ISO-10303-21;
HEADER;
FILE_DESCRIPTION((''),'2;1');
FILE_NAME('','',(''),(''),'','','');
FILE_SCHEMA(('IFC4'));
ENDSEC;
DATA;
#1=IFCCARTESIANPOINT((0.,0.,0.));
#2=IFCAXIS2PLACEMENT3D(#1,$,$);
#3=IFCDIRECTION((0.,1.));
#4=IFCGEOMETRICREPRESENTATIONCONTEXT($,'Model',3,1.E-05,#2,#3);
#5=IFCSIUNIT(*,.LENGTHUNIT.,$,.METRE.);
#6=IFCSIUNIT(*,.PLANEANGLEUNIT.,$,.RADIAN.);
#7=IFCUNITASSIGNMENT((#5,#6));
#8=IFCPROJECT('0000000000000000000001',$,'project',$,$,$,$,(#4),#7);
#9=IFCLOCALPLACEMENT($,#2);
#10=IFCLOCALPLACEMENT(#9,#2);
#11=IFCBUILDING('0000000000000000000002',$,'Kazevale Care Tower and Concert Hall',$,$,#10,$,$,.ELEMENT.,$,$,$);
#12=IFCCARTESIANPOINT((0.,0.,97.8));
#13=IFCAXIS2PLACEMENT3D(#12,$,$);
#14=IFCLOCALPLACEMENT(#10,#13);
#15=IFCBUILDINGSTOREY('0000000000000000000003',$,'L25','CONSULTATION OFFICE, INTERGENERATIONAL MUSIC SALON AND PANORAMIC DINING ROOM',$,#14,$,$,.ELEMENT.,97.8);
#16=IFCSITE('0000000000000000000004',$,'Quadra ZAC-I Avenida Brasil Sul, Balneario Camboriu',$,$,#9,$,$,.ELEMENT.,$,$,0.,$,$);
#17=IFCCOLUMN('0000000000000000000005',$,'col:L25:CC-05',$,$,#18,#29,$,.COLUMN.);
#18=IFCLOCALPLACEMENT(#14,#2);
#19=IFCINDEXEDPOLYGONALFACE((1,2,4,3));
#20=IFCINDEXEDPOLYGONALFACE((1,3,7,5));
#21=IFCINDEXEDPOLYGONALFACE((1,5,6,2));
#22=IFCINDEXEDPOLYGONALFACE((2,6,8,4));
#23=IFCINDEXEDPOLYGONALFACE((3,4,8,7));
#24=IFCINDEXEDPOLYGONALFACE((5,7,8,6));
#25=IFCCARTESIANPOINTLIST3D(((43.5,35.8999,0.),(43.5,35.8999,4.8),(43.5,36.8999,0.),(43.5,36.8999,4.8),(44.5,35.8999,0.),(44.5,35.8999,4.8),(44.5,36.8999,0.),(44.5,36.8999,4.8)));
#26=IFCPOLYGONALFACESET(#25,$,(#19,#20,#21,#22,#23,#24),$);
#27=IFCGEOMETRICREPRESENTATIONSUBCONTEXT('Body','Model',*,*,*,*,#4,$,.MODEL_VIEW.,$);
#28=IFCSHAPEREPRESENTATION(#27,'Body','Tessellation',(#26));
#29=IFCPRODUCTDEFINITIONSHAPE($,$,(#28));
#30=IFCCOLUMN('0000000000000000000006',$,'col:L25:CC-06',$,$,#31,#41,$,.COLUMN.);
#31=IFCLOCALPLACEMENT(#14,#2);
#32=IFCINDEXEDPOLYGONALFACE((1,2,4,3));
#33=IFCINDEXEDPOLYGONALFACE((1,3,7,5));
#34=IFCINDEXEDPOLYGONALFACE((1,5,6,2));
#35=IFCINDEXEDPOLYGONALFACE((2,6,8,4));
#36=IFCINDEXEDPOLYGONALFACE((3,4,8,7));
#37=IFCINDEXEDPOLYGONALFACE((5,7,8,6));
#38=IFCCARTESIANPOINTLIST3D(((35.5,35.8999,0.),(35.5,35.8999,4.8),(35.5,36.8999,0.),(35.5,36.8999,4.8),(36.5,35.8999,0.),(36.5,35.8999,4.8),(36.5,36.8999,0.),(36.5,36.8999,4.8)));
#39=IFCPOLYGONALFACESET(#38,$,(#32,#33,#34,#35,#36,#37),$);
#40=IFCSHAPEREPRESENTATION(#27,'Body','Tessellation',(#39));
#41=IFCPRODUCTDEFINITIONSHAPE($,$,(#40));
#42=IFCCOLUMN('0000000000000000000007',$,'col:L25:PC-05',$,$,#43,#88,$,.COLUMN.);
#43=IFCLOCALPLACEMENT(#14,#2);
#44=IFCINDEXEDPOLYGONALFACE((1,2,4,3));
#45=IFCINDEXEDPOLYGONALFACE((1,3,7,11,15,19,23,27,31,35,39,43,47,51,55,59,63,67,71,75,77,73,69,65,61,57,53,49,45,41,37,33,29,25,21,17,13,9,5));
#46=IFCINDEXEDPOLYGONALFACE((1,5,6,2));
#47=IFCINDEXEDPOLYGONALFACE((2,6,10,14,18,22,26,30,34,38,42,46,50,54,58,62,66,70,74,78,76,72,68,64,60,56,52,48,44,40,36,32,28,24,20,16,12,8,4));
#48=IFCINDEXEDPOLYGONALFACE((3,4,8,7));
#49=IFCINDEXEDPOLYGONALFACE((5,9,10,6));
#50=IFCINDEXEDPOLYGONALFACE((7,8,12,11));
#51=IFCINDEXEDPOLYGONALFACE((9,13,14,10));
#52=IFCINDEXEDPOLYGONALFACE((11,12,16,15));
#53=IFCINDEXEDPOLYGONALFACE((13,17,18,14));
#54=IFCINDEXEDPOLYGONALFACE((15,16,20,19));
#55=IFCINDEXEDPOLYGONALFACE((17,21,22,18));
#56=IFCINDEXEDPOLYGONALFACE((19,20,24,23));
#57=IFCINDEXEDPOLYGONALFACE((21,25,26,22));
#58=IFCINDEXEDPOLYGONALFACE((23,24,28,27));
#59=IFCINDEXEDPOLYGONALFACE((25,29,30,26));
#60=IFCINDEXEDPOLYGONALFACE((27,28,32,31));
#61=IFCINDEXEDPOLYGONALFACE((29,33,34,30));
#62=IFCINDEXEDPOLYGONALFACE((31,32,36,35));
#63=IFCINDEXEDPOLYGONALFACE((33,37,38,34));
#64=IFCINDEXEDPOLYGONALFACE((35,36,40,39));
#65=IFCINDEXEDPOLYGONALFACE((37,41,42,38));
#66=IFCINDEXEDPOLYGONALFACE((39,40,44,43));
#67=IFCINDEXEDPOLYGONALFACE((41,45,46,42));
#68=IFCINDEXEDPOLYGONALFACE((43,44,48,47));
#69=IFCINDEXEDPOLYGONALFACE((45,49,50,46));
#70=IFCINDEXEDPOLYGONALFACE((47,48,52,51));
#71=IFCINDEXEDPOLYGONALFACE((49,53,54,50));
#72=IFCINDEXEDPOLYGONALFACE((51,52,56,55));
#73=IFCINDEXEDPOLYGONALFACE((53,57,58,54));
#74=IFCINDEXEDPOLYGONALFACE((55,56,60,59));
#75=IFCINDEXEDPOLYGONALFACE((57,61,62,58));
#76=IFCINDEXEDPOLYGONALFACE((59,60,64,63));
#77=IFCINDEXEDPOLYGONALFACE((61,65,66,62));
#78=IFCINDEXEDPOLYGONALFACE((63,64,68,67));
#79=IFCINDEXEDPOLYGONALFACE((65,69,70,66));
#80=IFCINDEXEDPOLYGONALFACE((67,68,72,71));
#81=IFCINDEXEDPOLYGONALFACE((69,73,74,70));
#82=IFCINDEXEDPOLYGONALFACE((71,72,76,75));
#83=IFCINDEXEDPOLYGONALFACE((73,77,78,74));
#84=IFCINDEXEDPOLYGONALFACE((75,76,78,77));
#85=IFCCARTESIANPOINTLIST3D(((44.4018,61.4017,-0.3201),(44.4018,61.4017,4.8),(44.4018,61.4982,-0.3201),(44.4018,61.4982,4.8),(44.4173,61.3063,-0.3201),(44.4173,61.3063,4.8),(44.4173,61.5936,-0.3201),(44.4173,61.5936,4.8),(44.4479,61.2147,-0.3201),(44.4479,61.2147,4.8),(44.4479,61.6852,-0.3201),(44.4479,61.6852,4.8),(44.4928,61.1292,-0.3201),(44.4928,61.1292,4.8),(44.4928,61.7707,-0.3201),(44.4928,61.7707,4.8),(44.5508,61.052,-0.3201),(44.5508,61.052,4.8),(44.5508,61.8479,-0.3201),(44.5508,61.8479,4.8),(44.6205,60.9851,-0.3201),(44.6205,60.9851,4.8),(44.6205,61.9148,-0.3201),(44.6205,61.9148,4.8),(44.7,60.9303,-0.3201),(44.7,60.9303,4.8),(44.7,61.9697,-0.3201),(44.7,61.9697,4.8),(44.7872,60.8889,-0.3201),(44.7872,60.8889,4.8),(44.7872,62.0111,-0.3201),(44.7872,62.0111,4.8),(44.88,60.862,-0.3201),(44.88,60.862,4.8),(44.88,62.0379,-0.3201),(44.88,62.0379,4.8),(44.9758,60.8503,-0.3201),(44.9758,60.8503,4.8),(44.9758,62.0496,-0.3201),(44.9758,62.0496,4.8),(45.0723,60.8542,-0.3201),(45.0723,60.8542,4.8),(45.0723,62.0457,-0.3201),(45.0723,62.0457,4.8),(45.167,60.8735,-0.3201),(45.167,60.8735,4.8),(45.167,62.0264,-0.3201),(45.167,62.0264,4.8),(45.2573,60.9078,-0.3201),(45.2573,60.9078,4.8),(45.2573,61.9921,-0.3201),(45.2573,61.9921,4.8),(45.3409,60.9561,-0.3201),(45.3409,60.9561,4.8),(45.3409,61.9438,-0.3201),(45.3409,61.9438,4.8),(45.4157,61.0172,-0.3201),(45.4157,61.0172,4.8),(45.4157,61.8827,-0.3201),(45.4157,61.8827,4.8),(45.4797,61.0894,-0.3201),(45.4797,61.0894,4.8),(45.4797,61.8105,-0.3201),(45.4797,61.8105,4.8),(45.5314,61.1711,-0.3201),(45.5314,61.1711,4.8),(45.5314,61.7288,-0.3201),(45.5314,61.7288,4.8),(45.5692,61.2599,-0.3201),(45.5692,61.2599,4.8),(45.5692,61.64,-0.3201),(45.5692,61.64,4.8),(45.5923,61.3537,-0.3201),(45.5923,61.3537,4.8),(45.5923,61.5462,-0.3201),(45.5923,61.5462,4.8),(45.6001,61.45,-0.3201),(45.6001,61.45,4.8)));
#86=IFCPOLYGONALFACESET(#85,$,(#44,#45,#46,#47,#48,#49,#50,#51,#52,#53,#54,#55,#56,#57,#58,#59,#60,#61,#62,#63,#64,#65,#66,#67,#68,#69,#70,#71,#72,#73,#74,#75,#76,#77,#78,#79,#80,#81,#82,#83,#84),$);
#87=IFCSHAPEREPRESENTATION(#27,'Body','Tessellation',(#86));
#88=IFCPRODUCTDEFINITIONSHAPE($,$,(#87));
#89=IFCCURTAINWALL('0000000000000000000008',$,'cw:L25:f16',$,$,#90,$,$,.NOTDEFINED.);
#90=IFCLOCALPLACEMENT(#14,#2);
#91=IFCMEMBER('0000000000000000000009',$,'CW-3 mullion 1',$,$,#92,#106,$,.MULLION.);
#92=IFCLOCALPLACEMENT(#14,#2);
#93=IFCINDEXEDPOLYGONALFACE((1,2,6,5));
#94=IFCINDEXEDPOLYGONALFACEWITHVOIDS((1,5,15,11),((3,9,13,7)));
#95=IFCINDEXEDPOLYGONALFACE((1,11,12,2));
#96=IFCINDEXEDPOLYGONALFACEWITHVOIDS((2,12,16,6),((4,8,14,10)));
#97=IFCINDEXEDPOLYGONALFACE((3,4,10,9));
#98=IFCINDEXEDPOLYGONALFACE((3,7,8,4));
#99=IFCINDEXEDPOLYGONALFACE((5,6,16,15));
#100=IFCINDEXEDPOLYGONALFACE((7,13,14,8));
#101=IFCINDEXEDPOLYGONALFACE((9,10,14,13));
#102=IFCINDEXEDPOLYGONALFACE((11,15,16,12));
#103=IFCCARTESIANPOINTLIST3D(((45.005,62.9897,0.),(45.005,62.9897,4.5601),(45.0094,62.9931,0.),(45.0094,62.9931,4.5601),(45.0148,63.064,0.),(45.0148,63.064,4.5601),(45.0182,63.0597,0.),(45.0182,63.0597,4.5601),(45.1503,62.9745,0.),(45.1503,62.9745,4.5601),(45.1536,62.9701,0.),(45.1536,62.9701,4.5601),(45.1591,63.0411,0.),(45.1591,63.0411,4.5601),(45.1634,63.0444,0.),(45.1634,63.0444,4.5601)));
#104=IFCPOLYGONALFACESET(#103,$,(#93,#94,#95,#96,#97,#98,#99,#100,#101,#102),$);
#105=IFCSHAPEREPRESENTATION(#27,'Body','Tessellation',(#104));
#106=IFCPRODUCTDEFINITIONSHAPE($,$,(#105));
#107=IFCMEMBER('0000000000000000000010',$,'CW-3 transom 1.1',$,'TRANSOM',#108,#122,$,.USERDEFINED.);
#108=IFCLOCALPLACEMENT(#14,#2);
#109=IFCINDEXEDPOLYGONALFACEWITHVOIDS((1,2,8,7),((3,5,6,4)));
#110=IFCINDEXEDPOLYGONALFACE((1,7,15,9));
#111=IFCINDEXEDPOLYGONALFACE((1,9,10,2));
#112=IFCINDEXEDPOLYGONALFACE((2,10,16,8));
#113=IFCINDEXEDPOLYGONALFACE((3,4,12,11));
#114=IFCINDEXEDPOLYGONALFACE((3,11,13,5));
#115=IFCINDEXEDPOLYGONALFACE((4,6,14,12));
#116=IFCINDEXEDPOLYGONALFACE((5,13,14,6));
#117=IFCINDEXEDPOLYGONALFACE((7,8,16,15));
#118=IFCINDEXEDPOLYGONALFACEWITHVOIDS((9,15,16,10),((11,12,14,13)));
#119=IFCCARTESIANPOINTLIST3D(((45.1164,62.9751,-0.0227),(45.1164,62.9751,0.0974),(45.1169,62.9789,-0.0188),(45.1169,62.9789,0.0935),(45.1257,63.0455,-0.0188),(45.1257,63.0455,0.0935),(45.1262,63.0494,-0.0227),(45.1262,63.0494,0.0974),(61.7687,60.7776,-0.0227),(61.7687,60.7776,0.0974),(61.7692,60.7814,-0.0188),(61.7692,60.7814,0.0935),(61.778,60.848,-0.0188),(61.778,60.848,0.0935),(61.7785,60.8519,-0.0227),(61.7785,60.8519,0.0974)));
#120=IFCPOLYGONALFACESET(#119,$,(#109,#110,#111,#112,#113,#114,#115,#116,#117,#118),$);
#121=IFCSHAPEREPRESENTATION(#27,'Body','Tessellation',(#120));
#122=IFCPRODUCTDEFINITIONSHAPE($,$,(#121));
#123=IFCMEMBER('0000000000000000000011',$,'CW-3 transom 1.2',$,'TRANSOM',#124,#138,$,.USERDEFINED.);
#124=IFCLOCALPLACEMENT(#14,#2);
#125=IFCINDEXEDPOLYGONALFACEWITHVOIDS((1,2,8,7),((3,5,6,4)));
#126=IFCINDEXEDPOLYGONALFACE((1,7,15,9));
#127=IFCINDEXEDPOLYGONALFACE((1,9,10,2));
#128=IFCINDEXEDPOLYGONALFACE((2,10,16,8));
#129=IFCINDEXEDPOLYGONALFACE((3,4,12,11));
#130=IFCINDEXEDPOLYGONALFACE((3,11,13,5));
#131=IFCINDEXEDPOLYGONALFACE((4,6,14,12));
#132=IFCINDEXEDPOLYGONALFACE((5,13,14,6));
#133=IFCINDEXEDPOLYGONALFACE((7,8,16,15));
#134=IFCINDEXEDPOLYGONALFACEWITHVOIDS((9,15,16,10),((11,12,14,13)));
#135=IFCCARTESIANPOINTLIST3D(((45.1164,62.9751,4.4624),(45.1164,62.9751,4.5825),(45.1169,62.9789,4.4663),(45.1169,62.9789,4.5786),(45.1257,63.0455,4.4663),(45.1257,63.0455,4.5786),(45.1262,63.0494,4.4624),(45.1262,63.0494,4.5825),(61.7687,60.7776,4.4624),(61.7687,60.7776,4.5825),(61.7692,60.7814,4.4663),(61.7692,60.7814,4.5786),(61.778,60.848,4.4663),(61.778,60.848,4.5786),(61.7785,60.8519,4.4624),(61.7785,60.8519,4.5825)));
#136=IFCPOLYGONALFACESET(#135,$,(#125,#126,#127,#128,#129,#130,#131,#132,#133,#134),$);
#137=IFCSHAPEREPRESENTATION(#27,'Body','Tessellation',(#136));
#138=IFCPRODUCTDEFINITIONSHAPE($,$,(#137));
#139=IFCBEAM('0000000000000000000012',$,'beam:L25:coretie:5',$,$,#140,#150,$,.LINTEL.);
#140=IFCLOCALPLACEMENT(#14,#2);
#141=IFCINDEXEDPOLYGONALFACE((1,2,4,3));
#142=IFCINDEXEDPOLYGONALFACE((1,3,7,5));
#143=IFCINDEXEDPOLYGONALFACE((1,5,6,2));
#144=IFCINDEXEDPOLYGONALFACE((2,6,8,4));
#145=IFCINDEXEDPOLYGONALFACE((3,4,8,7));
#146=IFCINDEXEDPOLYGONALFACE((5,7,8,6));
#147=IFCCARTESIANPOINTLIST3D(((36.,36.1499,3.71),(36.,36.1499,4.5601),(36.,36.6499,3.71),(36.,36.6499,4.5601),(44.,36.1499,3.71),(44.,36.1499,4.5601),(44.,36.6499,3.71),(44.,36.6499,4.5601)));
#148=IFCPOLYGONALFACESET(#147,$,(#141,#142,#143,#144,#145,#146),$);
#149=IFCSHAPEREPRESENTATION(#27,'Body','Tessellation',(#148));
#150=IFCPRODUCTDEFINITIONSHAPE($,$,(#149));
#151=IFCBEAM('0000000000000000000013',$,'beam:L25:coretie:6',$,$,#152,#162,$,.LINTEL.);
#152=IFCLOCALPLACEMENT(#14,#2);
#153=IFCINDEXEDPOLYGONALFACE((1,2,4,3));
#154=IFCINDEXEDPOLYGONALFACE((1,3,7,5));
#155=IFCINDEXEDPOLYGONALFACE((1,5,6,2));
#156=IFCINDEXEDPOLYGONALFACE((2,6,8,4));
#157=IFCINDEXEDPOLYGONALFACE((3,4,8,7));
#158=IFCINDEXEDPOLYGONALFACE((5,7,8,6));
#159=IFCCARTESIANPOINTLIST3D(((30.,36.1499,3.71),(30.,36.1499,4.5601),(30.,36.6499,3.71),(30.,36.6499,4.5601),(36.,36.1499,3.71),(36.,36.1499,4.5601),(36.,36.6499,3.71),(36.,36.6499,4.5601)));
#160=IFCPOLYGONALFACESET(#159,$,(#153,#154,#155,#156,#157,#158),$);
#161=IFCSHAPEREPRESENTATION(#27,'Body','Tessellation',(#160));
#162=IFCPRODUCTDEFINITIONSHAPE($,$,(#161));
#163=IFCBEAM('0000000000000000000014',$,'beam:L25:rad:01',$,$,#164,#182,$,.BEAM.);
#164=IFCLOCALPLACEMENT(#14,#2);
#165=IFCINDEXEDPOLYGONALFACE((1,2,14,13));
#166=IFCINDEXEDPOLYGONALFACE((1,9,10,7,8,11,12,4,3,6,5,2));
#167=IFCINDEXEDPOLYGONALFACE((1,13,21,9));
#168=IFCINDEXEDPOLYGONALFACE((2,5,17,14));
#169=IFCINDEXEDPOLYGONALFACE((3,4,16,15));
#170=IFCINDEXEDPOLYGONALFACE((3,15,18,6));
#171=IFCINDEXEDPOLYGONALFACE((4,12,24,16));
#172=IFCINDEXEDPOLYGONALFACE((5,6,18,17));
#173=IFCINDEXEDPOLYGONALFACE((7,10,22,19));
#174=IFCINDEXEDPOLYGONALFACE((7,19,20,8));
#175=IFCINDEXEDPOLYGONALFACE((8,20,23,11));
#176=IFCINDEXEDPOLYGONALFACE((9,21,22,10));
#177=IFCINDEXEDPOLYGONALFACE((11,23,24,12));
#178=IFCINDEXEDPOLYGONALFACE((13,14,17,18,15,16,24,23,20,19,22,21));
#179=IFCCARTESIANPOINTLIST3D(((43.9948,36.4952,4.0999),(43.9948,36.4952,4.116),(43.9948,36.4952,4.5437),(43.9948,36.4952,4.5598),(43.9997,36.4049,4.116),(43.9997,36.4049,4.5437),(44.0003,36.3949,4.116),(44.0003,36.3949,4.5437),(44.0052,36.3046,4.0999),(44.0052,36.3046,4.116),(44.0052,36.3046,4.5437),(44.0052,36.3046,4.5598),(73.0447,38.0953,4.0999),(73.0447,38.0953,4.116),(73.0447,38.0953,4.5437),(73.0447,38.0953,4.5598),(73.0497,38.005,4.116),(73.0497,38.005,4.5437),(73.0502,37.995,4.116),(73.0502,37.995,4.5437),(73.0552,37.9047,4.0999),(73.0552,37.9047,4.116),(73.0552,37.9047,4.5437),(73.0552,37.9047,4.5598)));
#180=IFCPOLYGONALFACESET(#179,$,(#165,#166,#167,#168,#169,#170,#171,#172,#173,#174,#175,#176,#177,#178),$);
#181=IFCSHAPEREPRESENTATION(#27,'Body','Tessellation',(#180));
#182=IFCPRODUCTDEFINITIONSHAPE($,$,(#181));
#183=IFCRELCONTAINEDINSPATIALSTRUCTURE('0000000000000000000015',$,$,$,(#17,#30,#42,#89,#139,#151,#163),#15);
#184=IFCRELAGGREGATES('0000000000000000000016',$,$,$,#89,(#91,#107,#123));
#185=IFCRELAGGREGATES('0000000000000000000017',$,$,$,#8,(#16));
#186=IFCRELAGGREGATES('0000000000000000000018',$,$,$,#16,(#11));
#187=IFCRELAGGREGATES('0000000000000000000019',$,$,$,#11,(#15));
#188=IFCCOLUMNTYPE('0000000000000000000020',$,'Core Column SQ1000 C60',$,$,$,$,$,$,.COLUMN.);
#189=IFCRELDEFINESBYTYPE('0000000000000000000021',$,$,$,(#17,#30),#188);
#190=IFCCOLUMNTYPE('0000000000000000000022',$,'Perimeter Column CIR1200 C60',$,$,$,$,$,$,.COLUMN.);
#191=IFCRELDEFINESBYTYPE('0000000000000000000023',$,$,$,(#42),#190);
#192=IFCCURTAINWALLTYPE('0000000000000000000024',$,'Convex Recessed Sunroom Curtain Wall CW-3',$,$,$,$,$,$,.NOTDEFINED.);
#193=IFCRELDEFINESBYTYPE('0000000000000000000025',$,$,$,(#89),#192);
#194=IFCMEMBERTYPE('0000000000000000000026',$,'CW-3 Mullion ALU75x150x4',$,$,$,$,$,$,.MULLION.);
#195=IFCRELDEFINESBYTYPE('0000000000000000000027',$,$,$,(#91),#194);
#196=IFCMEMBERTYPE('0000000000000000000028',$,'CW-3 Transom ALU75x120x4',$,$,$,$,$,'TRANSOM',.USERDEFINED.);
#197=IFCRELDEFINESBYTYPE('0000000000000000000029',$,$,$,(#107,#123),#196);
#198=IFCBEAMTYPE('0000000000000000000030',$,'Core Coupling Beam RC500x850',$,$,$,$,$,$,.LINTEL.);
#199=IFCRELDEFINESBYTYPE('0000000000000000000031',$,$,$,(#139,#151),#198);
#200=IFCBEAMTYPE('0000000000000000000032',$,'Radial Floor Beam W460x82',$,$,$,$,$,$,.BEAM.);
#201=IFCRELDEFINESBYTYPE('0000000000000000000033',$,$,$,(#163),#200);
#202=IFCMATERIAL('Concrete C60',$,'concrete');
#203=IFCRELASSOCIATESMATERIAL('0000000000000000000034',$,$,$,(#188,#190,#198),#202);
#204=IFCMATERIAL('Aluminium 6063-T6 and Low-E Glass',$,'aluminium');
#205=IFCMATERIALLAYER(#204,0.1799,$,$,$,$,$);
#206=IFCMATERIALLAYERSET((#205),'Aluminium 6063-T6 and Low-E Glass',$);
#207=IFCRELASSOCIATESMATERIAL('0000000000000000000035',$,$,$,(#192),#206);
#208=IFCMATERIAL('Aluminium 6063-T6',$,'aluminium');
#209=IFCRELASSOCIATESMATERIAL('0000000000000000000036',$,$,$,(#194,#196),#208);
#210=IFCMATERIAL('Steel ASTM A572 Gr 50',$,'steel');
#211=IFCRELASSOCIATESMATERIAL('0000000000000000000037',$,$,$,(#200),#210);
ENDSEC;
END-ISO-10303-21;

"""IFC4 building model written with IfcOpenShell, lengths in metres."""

from ifc_helpers import new_model, si_unit, direction, frame, origin, origin_2d, place, context, subcontext, project, spatial, rectangle, hollow_rectangle, circle, i_section, extrude, material, layer, layer_set, material_profile, profile_set, type_object, element, aggregate, save


model = new_model("IFC4")

# Units and contexts
model_context = context("Model", 3, precision=1e-05, world=origin(), true_north=direction((0.0, 1.0)))
body_context = subcontext(model_context, "Body", "Model", "MODEL_VIEW")
ifc_project = project(units=[si_unit("LENGTHUNIT", "METRE"), si_unit("PLANEANGLEUNIT", "RADIAN")], contexts=[model_context])

# Site, building, storey
site_placement = place(None, origin())
site = spatial("IfcSite", under=ifc_project, at=site_placement, Name="Quadra ZAC-I Avenida Brasil Sul, Balneario Camboriu", CompositionType="ELEMENT", RefElevation=0.0)
building_placement = place(site_placement, origin())
building = spatial("IfcBuilding", under=site, at=building_placement, Name="Kazevale Care Tower and Concert Hall", CompositionType="ELEMENT")
storey_placement = place(building_placement, frame((0.0, 0.0, 97.8)))
storey = spatial("IfcBuildingStorey", under=building, at=storey_placement, Name="L25", Description="CONSULTATION OFFICE, INTERGENERATIONAL MUSIC SALON AND PANORAMIC DINING ROOM", CompositionType="ELEMENT", Elevation=97.8)

# Columns
ifc_material_1 = material(Name="Concrete C60", Category="concrete")
ifc_material_profile_1 = material_profile(ifc_material_1, rectangle(XDim=1.0, YDim=1.0, at=origin_2d()), Name="RC-SQ1000")
ifc_profile_set_1 = profile_set([ifc_material_profile_1], Name="Concrete C60")
column_type_1 = type_object("IfcColumnType", Name="Core Column SQ1000 C60", PredefinedType="COLUMN", material=ifc_profile_set_1)
for number, where, z_axis, x_axis, name in (
    (1, (44.0, 36.3999, 0.0), (0.0, 0.0, 1.0), (1.0, 0.0, 0.0), "col:L25:CC-05"),
    (2, (36.0, 36.3999, 0.0), (0.0, 0.0, 1.0), (1.0, 0.0, 0.0), "col:L25:CC-06"),
):
    element("IfcColumn", number, at=place(storey_placement, frame(where, z_axis=z_axis, x_axis=x_axis)), inside=storey, type_object=column_type_1, Name=name, PredefinedType="COLUMN", context=body_context, shape_type="SweptSolid", body=[
        extrude(rectangle(XDim=1.0, YDim=1.0, at=origin_2d()), origin(), (0.0, 0.0, 1.0), 4.8),
    ])
ifc_material_profile_2 = material_profile(ifc_material_1, circle(Radius=0.6001, at=origin_2d()), Name="RC-CIR1200")
ifc_profile_set_2 = profile_set([ifc_material_profile_2], Name="Concrete C60")
column_type_2 = type_object("IfcColumnType", Name="Perimeter Column CIR1200 C60", PredefinedType="COLUMN", material=ifc_profile_set_2)
column_placement = place(storey_placement, frame((45.0, 61.45, -0.3201), z_axis=(0.0, 0.0, 1.0), x_axis=(1.0, 0.0, 0.0)))
element("IfcColumn", 3, at=column_placement, inside=storey, type_object=column_type_2, Name="col:L25:PC-05", PredefinedType="COLUMN", context=body_context, shape_type="SweptSolid", body=[
    extrude(circle(Radius=0.6001, at=origin_2d()), origin(), (0.0, 0.0, 1.0), 5.1201),
])

# Curtain wall, members
ifc_material_2 = material(Name="Aluminium 6063-T6 and Low-E Glass", Category="aluminium")
ifc_layer_1 = layer(ifc_material_2, 0.1799)
ifc_layer_set_1 = layer_set([ifc_layer_1], Name="Aluminium 6063-T6 and Low-E Glass")
curtain_wall_type = type_object("IfcCurtainWallType", Name="Convex Recessed Sunroom Curtain Wall CW-3", PredefinedType="NOTDEFINED", material=ifc_layer_set_1)
curtain_wall_placement = place(storey_placement, origin())
curtain_wall = element("IfcCurtainWall", 4, at=curtain_wall_placement, inside=storey, type_object=curtain_wall_type, Name="cw:L25:f16", PredefinedType="NOTDEFINED")
ifc_material_3 = material(Name="Aluminium 6063-T6", Category="aluminium")
ifc_material_profile_3 = material_profile(ifc_material_3, hollow_rectangle(XDim=0.075, YDim=0.1499, WallThickness=0.0039, at=origin_2d()), Name="ALU75x150x4")
ifc_profile_set_3 = profile_set([ifc_material_profile_3], Name="Aluminium 6063-T6")
member_type_1 = type_object("IfcMemberType", Name="CW-3 Mullion ALU75x150x4", PredefinedType="MULLION", material=ifc_profile_set_3)
member_1_placement = place(storey_placement, frame((45.0842, 63.0171, 0.0), z_axis=(0.0, 0.0, 1.0), x_axis=(0.130822, 0.991406, 0.0)))
member_1 = element("IfcMember", 5, at=member_1_placement, type_object=member_type_1, Name="CW-3 mullion 1", PredefinedType="MULLION", context=body_context, shape_type="SweptSolid", body=[
    extrude(hollow_rectangle(XDim=0.075, YDim=0.1499, WallThickness=0.0039, at=origin_2d()), origin(), (0.0, 0.0, 1.0), 4.5601),
])
ifc_material_profile_4 = material_profile(ifc_material_3, hollow_rectangle(XDim=0.075, YDim=0.1201, WallThickness=0.0039, at=origin_2d()), Name="ALU75x120x4")
ifc_profile_set_4 = profile_set([ifc_material_profile_4], Name="Aluminium 6063-T6")
member_type_2 = type_object("IfcMemberType", Name="CW-3 Transom ALU75x120x4", ElementType="TRANSOM", PredefinedType="USERDEFINED", material=ifc_profile_set_4)
member_2_placement = place(storey_placement, frame((45.1213, 63.0122, 0.0374), z_axis=(0.991405, -0.13083, 0.0), x_axis=(0.13083, 0.991405, 0.0)))
member_2 = element("IfcMember", 6, at=member_2_placement, type_object=member_type_2, Name="CW-3 transom 1.1", ObjectType="TRANSOM", PredefinedType="USERDEFINED", context=body_context, shape_type="SweptSolid", body=[
    extrude(hollow_rectangle(XDim=0.075, YDim=0.1201, WallThickness=0.0039, at=origin_2d()), origin(), (0.0, 0.0, 1.0), 16.7966),
])
member_3_placement = place(storey_placement, frame((45.1213, 63.0122, 4.5225), z_axis=(0.991405, -0.13083, 0.0), x_axis=(0.13083, 0.991405, 0.0)))
member_3 = element("IfcMember", 7, at=member_3_placement, type_object=member_type_2, Name="CW-3 transom 1.2", ObjectType="TRANSOM", PredefinedType="USERDEFINED", context=body_context, shape_type="SweptSolid", body=[
    extrude(hollow_rectangle(XDim=0.075, YDim=0.1201, WallThickness=0.0039, at=origin_2d()), origin(), (0.0, 0.0, 1.0), 16.7966),
])
aggregate(curtain_wall, [member_1, member_2, member_3])

# Beams
ifc_material_profile_5 = material_profile(ifc_material_1, rectangle(XDim=0.5, YDim=0.8501, at=origin_2d()), Name="RC-B500x850")
ifc_profile_set_5 = profile_set([ifc_material_profile_5], Name="Concrete C60")
beam_type_1 = type_object("IfcBeamType", Name="Core Coupling Beam RC500x850", PredefinedType="LINTEL", material=ifc_profile_set_5)
beam_1_placement = place(storey_placement, frame((44.0, 36.3999, 4.135), z_axis=(-1.0, 0.0, 0.0), x_axis=(0.0, -1.0, 0.0)))
element("IfcBeam", 8, at=beam_1_placement, inside=storey, type_object=beam_type_1, Name="beam:L25:coretie:5", PredefinedType="LINTEL", context=body_context, shape_type="SweptSolid", body=[
    extrude(rectangle(XDim=0.5, YDim=0.8501, at=origin_2d()), origin(), (0.0, 0.0, 1.0), 8.0),
])
beam_2_placement = place(storey_placement, frame((36.0, 36.3999, 4.135), z_axis=(-1.0, 0.0, 0.0), x_axis=(0.0, -1.0, 0.0)))
element("IfcBeam", 9, at=beam_2_placement, inside=storey, type_object=beam_type_1, Name="beam:L25:coretie:6", PredefinedType="LINTEL", context=body_context, shape_type="SweptSolid", body=[
    extrude(rectangle(XDim=0.5, YDim=0.8501, at=origin_2d()), origin(), (0.0, 0.0, 1.0), 6.0),
])
ifc_material_4 = material(Name="Steel ASTM A572 Gr 50", Category="steel")
ifc_material_profile_6 = material_profile(ifc_material_4, i_section(OverallWidth=0.1909, OverallDepth=0.46, WebThickness=0.01, FlangeThickness=0.0161, at=origin_2d()), Name="W460x82")
ifc_profile_set_6 = profile_set([ifc_material_profile_6], Name="Steel ASTM A572 Gr 50")
beam_type_2 = type_object("IfcBeamType", Name="Radial Floor Beam W460x82", PredefinedType="BEAM", material=ifc_profile_set_6)
beam_3_placement = place(storey_placement, frame((44.0, 36.3999, 4.3298), z_axis=(0.998487, 0.054997, 0.0), x_axis=(-0.054997, 0.998487, 0.0)))
element("IfcBeam", 10, at=beam_3_placement, inside=storey, type_object=beam_type_2, Name="beam:L25:rad:01", PredefinedType="BEAM", context=body_context, shape_type="SweptSolid", body=[
    extrude(i_section(OverallWidth=0.1909, OverallDepth=0.46, WebThickness=0.01, FlangeThickness=0.0161, at=origin_2d()), origin(), (0.0, 0.0, 1.0), 29.094),
])

save(model, "model.ifc")
